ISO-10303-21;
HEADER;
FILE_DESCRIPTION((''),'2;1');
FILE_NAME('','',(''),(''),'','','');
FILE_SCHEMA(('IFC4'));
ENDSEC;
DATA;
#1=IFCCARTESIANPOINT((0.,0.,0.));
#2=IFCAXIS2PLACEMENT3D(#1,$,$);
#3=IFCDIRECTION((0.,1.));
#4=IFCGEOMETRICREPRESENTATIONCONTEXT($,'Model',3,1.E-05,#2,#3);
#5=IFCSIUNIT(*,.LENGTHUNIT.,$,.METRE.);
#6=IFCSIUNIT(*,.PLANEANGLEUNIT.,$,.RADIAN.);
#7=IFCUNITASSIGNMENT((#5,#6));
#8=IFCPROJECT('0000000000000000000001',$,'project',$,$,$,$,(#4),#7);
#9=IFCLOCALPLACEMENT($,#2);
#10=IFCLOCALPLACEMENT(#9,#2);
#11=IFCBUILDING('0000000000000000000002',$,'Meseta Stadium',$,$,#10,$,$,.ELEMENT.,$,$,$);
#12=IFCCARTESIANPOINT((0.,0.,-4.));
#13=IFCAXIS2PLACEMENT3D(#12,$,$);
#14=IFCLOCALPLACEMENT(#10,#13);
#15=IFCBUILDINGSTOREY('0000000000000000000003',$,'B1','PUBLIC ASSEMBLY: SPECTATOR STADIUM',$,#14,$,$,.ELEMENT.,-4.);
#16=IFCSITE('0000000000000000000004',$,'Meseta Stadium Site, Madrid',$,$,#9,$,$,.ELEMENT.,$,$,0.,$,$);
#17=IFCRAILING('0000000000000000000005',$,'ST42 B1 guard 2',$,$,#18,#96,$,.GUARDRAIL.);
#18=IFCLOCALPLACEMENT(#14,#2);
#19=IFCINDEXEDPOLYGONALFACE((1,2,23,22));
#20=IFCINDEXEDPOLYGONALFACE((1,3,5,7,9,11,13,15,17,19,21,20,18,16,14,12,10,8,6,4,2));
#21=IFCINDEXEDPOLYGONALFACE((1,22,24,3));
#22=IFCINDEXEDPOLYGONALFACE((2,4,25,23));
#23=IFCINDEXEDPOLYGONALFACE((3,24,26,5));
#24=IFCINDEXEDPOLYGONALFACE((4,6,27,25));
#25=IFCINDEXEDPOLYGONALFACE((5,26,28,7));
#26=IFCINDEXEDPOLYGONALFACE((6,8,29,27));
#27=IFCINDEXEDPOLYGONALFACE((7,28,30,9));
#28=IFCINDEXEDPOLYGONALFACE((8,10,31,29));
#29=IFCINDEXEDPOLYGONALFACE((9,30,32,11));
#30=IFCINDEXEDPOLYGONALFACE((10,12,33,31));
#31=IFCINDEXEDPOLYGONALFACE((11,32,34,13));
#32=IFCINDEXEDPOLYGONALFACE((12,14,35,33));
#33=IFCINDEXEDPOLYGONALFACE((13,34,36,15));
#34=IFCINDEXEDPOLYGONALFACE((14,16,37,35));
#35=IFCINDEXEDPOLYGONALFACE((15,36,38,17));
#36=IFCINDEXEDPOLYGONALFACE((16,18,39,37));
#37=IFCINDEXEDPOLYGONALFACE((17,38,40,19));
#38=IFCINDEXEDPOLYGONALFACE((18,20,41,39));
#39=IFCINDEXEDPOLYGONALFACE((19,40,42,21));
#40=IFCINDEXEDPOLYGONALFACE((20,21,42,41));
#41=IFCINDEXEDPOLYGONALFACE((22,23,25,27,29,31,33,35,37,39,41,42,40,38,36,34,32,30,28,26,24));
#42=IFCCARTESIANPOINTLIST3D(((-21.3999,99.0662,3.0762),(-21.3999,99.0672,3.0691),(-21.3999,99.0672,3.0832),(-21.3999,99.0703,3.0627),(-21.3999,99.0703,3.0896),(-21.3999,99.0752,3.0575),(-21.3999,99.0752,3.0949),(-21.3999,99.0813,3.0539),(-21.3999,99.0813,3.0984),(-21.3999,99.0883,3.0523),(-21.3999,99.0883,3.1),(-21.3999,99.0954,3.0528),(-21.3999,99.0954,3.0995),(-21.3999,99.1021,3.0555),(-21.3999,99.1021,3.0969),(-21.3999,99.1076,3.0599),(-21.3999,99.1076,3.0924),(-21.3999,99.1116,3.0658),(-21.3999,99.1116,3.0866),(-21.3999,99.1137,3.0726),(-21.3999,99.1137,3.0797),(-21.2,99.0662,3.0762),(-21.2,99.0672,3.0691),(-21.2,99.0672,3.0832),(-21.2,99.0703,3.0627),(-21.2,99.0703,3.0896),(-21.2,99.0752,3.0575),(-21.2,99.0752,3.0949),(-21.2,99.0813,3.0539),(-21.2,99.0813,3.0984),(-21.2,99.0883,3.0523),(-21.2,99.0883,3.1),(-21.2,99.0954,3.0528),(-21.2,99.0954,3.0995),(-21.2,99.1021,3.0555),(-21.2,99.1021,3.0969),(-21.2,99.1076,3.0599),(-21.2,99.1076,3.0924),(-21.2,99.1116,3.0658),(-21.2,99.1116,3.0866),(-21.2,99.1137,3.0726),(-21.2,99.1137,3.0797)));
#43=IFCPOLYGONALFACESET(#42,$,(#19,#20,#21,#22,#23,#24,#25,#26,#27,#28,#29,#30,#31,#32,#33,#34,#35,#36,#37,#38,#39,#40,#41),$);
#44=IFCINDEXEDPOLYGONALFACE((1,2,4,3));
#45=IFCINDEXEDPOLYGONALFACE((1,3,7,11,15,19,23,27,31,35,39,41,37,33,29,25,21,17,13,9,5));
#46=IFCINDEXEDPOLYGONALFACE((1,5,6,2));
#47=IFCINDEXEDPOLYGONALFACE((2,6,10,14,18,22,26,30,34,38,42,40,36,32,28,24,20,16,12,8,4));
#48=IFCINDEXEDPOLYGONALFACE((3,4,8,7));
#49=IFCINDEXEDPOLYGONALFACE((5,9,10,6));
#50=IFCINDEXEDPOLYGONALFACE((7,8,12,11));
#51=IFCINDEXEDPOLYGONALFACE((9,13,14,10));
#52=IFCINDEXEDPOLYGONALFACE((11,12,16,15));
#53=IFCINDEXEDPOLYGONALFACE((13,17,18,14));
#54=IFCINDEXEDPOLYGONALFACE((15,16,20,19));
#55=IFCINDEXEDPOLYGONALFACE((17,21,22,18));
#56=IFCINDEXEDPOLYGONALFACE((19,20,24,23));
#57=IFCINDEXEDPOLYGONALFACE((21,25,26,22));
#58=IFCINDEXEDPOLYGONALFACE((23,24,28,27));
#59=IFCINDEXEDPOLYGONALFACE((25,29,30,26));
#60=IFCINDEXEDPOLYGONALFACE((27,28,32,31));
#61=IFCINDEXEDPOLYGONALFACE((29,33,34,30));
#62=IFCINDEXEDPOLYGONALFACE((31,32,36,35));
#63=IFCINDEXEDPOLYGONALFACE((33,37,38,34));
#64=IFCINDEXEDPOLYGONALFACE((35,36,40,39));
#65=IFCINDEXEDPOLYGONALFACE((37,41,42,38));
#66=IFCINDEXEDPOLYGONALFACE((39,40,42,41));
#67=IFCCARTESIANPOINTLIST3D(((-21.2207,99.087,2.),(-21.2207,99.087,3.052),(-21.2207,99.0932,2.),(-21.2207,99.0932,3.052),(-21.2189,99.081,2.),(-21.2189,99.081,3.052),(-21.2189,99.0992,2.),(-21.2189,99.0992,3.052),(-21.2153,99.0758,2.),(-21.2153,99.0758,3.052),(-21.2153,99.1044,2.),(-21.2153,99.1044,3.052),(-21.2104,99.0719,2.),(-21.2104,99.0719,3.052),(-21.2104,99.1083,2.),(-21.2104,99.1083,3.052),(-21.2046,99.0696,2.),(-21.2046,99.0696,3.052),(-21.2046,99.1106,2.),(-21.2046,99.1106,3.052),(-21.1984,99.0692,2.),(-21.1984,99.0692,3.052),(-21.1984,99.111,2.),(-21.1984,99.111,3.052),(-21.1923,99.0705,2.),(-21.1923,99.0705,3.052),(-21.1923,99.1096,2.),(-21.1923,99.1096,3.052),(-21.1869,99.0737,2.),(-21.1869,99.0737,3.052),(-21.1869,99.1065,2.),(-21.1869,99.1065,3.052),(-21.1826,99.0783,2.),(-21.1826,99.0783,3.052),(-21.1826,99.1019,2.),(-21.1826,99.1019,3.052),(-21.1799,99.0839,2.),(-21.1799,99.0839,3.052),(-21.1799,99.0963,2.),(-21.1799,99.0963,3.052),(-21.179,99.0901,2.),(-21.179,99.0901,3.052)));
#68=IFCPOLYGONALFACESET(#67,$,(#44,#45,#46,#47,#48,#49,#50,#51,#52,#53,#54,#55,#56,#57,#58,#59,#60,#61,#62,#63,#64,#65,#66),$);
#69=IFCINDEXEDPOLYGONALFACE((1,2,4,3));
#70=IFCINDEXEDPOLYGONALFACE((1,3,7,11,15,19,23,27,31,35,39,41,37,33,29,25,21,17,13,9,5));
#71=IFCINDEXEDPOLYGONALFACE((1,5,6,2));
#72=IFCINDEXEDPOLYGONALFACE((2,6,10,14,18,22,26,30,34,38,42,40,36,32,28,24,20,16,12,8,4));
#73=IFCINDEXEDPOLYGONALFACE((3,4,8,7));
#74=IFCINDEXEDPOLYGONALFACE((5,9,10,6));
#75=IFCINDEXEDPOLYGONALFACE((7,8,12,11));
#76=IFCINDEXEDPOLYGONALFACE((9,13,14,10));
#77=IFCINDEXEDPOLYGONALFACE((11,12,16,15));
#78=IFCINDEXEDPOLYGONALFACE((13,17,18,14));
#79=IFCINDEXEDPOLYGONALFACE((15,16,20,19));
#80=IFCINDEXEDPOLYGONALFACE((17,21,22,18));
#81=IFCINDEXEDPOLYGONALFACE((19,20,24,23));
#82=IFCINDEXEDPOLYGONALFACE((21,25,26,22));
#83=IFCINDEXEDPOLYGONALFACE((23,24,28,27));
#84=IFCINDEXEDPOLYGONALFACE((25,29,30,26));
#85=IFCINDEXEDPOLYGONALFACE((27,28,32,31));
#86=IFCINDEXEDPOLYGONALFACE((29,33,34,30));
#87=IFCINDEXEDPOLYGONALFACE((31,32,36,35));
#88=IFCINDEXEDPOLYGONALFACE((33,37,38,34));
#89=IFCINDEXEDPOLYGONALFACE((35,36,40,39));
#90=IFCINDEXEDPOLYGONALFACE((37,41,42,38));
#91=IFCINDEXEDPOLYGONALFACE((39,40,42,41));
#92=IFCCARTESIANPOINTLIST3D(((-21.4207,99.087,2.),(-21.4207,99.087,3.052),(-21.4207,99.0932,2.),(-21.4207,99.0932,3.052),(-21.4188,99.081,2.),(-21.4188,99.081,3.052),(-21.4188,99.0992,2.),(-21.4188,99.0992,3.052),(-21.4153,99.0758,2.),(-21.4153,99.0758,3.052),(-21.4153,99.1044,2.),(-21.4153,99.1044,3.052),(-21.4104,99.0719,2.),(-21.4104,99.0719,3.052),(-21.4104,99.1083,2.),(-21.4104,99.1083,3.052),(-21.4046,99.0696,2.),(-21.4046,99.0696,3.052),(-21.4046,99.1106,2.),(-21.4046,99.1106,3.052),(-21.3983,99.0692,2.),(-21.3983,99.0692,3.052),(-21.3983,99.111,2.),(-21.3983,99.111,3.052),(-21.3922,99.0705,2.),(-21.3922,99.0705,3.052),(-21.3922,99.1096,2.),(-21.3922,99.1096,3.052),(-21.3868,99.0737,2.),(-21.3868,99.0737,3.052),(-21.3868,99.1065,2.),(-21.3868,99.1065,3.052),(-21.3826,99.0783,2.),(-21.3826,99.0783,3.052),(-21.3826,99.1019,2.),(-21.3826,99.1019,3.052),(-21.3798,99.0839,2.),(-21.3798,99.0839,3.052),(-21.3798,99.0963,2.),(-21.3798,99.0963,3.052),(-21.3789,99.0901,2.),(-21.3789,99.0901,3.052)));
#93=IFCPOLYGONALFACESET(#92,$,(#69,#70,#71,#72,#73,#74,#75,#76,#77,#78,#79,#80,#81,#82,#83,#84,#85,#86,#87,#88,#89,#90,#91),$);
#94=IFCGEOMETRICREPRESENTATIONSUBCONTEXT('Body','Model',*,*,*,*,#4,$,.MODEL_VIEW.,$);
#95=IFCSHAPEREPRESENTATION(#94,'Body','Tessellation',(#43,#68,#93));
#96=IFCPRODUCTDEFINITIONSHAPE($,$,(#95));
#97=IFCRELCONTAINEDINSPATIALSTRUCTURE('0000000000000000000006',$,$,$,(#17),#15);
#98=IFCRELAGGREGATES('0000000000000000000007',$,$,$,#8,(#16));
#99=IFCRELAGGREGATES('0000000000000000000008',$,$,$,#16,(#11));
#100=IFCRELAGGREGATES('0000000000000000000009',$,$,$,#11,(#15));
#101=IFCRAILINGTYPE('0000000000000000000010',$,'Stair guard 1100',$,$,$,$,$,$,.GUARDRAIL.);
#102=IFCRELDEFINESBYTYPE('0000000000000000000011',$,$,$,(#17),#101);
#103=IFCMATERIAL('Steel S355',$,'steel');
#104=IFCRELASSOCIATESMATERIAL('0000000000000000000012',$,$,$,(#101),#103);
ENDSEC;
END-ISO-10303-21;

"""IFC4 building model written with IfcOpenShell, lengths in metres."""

from ifc_helpers import new_model, si_unit, direction, frame, origin, origin_2d, place, context, subcontext, project, spatial, circle, extrude, material, type_object, element, save


model = new_model("IFC4")

# Units and contexts
model_context = context("Model", 3, precision=1e-05, world=origin(), true_north=direction((0.0, 1.0)))
body_context = subcontext(model_context, "Body", "Model", "MODEL_VIEW")
ifc_project = project(units=[si_unit("LENGTHUNIT", "METRE"), si_unit("PLANEANGLEUNIT", "RADIAN")], contexts=[model_context])

# Site, building, storey
site_placement = place(None, origin())
site = spatial("IfcSite", under=ifc_project, at=site_placement, Name="Meseta Stadium Site, Madrid", CompositionType="ELEMENT", RefElevation=0.0)
building_placement = place(site_placement, origin())
building = spatial("IfcBuilding", under=site, at=building_placement, Name="Meseta Stadium", CompositionType="ELEMENT")
storey_placement = place(building_placement, frame((0.0, 0.0, -4.0)))
storey = spatial("IfcBuildingStorey", under=building, at=storey_placement, Name="B1", Description="PUBLIC ASSEMBLY: SPECTATOR STADIUM", CompositionType="ELEMENT", Elevation=-4.0)

# Railing
ifc_material_1 = material(Name="Steel S355", Category="steel")
railing_type_1 = type_object("IfcRailingType", Name="Stair guard 1100", PredefinedType="GUARDRAIL", material=ifc_material_1)
railing_1_placement = place(storey_placement, frame((-21.2, 99.0901, 2.0)))
element("IfcRailing", 1, at=railing_1_placement, inside=storey, type_object=railing_type_1, Name="ST42 B1 guard 2", PredefinedType="GUARDRAIL", context=body_context, shape_type="SweptSolid", body=[
    extrude(circle(Radius=0.0239, at=origin_2d()), frame((0.0, 0.0, 1.0762), z_axis=(-1.0, 0.0, 0.0), x_axis=(0.0, -1.0, 0.0)), (0.0, 0.0, 1.0), 0.2),
    extrude(circle(Radius=0.021, at=origin_2d()), origin(), (0.0, 0.0, 1.0), 1.052),
    extrude(circle(Radius=0.021, at=origin_2d()), frame((-0.2, 0.0, 0.0)), (0.0, 0.0, 1.0), 1.052),
])

save(model, "model.ifc")
